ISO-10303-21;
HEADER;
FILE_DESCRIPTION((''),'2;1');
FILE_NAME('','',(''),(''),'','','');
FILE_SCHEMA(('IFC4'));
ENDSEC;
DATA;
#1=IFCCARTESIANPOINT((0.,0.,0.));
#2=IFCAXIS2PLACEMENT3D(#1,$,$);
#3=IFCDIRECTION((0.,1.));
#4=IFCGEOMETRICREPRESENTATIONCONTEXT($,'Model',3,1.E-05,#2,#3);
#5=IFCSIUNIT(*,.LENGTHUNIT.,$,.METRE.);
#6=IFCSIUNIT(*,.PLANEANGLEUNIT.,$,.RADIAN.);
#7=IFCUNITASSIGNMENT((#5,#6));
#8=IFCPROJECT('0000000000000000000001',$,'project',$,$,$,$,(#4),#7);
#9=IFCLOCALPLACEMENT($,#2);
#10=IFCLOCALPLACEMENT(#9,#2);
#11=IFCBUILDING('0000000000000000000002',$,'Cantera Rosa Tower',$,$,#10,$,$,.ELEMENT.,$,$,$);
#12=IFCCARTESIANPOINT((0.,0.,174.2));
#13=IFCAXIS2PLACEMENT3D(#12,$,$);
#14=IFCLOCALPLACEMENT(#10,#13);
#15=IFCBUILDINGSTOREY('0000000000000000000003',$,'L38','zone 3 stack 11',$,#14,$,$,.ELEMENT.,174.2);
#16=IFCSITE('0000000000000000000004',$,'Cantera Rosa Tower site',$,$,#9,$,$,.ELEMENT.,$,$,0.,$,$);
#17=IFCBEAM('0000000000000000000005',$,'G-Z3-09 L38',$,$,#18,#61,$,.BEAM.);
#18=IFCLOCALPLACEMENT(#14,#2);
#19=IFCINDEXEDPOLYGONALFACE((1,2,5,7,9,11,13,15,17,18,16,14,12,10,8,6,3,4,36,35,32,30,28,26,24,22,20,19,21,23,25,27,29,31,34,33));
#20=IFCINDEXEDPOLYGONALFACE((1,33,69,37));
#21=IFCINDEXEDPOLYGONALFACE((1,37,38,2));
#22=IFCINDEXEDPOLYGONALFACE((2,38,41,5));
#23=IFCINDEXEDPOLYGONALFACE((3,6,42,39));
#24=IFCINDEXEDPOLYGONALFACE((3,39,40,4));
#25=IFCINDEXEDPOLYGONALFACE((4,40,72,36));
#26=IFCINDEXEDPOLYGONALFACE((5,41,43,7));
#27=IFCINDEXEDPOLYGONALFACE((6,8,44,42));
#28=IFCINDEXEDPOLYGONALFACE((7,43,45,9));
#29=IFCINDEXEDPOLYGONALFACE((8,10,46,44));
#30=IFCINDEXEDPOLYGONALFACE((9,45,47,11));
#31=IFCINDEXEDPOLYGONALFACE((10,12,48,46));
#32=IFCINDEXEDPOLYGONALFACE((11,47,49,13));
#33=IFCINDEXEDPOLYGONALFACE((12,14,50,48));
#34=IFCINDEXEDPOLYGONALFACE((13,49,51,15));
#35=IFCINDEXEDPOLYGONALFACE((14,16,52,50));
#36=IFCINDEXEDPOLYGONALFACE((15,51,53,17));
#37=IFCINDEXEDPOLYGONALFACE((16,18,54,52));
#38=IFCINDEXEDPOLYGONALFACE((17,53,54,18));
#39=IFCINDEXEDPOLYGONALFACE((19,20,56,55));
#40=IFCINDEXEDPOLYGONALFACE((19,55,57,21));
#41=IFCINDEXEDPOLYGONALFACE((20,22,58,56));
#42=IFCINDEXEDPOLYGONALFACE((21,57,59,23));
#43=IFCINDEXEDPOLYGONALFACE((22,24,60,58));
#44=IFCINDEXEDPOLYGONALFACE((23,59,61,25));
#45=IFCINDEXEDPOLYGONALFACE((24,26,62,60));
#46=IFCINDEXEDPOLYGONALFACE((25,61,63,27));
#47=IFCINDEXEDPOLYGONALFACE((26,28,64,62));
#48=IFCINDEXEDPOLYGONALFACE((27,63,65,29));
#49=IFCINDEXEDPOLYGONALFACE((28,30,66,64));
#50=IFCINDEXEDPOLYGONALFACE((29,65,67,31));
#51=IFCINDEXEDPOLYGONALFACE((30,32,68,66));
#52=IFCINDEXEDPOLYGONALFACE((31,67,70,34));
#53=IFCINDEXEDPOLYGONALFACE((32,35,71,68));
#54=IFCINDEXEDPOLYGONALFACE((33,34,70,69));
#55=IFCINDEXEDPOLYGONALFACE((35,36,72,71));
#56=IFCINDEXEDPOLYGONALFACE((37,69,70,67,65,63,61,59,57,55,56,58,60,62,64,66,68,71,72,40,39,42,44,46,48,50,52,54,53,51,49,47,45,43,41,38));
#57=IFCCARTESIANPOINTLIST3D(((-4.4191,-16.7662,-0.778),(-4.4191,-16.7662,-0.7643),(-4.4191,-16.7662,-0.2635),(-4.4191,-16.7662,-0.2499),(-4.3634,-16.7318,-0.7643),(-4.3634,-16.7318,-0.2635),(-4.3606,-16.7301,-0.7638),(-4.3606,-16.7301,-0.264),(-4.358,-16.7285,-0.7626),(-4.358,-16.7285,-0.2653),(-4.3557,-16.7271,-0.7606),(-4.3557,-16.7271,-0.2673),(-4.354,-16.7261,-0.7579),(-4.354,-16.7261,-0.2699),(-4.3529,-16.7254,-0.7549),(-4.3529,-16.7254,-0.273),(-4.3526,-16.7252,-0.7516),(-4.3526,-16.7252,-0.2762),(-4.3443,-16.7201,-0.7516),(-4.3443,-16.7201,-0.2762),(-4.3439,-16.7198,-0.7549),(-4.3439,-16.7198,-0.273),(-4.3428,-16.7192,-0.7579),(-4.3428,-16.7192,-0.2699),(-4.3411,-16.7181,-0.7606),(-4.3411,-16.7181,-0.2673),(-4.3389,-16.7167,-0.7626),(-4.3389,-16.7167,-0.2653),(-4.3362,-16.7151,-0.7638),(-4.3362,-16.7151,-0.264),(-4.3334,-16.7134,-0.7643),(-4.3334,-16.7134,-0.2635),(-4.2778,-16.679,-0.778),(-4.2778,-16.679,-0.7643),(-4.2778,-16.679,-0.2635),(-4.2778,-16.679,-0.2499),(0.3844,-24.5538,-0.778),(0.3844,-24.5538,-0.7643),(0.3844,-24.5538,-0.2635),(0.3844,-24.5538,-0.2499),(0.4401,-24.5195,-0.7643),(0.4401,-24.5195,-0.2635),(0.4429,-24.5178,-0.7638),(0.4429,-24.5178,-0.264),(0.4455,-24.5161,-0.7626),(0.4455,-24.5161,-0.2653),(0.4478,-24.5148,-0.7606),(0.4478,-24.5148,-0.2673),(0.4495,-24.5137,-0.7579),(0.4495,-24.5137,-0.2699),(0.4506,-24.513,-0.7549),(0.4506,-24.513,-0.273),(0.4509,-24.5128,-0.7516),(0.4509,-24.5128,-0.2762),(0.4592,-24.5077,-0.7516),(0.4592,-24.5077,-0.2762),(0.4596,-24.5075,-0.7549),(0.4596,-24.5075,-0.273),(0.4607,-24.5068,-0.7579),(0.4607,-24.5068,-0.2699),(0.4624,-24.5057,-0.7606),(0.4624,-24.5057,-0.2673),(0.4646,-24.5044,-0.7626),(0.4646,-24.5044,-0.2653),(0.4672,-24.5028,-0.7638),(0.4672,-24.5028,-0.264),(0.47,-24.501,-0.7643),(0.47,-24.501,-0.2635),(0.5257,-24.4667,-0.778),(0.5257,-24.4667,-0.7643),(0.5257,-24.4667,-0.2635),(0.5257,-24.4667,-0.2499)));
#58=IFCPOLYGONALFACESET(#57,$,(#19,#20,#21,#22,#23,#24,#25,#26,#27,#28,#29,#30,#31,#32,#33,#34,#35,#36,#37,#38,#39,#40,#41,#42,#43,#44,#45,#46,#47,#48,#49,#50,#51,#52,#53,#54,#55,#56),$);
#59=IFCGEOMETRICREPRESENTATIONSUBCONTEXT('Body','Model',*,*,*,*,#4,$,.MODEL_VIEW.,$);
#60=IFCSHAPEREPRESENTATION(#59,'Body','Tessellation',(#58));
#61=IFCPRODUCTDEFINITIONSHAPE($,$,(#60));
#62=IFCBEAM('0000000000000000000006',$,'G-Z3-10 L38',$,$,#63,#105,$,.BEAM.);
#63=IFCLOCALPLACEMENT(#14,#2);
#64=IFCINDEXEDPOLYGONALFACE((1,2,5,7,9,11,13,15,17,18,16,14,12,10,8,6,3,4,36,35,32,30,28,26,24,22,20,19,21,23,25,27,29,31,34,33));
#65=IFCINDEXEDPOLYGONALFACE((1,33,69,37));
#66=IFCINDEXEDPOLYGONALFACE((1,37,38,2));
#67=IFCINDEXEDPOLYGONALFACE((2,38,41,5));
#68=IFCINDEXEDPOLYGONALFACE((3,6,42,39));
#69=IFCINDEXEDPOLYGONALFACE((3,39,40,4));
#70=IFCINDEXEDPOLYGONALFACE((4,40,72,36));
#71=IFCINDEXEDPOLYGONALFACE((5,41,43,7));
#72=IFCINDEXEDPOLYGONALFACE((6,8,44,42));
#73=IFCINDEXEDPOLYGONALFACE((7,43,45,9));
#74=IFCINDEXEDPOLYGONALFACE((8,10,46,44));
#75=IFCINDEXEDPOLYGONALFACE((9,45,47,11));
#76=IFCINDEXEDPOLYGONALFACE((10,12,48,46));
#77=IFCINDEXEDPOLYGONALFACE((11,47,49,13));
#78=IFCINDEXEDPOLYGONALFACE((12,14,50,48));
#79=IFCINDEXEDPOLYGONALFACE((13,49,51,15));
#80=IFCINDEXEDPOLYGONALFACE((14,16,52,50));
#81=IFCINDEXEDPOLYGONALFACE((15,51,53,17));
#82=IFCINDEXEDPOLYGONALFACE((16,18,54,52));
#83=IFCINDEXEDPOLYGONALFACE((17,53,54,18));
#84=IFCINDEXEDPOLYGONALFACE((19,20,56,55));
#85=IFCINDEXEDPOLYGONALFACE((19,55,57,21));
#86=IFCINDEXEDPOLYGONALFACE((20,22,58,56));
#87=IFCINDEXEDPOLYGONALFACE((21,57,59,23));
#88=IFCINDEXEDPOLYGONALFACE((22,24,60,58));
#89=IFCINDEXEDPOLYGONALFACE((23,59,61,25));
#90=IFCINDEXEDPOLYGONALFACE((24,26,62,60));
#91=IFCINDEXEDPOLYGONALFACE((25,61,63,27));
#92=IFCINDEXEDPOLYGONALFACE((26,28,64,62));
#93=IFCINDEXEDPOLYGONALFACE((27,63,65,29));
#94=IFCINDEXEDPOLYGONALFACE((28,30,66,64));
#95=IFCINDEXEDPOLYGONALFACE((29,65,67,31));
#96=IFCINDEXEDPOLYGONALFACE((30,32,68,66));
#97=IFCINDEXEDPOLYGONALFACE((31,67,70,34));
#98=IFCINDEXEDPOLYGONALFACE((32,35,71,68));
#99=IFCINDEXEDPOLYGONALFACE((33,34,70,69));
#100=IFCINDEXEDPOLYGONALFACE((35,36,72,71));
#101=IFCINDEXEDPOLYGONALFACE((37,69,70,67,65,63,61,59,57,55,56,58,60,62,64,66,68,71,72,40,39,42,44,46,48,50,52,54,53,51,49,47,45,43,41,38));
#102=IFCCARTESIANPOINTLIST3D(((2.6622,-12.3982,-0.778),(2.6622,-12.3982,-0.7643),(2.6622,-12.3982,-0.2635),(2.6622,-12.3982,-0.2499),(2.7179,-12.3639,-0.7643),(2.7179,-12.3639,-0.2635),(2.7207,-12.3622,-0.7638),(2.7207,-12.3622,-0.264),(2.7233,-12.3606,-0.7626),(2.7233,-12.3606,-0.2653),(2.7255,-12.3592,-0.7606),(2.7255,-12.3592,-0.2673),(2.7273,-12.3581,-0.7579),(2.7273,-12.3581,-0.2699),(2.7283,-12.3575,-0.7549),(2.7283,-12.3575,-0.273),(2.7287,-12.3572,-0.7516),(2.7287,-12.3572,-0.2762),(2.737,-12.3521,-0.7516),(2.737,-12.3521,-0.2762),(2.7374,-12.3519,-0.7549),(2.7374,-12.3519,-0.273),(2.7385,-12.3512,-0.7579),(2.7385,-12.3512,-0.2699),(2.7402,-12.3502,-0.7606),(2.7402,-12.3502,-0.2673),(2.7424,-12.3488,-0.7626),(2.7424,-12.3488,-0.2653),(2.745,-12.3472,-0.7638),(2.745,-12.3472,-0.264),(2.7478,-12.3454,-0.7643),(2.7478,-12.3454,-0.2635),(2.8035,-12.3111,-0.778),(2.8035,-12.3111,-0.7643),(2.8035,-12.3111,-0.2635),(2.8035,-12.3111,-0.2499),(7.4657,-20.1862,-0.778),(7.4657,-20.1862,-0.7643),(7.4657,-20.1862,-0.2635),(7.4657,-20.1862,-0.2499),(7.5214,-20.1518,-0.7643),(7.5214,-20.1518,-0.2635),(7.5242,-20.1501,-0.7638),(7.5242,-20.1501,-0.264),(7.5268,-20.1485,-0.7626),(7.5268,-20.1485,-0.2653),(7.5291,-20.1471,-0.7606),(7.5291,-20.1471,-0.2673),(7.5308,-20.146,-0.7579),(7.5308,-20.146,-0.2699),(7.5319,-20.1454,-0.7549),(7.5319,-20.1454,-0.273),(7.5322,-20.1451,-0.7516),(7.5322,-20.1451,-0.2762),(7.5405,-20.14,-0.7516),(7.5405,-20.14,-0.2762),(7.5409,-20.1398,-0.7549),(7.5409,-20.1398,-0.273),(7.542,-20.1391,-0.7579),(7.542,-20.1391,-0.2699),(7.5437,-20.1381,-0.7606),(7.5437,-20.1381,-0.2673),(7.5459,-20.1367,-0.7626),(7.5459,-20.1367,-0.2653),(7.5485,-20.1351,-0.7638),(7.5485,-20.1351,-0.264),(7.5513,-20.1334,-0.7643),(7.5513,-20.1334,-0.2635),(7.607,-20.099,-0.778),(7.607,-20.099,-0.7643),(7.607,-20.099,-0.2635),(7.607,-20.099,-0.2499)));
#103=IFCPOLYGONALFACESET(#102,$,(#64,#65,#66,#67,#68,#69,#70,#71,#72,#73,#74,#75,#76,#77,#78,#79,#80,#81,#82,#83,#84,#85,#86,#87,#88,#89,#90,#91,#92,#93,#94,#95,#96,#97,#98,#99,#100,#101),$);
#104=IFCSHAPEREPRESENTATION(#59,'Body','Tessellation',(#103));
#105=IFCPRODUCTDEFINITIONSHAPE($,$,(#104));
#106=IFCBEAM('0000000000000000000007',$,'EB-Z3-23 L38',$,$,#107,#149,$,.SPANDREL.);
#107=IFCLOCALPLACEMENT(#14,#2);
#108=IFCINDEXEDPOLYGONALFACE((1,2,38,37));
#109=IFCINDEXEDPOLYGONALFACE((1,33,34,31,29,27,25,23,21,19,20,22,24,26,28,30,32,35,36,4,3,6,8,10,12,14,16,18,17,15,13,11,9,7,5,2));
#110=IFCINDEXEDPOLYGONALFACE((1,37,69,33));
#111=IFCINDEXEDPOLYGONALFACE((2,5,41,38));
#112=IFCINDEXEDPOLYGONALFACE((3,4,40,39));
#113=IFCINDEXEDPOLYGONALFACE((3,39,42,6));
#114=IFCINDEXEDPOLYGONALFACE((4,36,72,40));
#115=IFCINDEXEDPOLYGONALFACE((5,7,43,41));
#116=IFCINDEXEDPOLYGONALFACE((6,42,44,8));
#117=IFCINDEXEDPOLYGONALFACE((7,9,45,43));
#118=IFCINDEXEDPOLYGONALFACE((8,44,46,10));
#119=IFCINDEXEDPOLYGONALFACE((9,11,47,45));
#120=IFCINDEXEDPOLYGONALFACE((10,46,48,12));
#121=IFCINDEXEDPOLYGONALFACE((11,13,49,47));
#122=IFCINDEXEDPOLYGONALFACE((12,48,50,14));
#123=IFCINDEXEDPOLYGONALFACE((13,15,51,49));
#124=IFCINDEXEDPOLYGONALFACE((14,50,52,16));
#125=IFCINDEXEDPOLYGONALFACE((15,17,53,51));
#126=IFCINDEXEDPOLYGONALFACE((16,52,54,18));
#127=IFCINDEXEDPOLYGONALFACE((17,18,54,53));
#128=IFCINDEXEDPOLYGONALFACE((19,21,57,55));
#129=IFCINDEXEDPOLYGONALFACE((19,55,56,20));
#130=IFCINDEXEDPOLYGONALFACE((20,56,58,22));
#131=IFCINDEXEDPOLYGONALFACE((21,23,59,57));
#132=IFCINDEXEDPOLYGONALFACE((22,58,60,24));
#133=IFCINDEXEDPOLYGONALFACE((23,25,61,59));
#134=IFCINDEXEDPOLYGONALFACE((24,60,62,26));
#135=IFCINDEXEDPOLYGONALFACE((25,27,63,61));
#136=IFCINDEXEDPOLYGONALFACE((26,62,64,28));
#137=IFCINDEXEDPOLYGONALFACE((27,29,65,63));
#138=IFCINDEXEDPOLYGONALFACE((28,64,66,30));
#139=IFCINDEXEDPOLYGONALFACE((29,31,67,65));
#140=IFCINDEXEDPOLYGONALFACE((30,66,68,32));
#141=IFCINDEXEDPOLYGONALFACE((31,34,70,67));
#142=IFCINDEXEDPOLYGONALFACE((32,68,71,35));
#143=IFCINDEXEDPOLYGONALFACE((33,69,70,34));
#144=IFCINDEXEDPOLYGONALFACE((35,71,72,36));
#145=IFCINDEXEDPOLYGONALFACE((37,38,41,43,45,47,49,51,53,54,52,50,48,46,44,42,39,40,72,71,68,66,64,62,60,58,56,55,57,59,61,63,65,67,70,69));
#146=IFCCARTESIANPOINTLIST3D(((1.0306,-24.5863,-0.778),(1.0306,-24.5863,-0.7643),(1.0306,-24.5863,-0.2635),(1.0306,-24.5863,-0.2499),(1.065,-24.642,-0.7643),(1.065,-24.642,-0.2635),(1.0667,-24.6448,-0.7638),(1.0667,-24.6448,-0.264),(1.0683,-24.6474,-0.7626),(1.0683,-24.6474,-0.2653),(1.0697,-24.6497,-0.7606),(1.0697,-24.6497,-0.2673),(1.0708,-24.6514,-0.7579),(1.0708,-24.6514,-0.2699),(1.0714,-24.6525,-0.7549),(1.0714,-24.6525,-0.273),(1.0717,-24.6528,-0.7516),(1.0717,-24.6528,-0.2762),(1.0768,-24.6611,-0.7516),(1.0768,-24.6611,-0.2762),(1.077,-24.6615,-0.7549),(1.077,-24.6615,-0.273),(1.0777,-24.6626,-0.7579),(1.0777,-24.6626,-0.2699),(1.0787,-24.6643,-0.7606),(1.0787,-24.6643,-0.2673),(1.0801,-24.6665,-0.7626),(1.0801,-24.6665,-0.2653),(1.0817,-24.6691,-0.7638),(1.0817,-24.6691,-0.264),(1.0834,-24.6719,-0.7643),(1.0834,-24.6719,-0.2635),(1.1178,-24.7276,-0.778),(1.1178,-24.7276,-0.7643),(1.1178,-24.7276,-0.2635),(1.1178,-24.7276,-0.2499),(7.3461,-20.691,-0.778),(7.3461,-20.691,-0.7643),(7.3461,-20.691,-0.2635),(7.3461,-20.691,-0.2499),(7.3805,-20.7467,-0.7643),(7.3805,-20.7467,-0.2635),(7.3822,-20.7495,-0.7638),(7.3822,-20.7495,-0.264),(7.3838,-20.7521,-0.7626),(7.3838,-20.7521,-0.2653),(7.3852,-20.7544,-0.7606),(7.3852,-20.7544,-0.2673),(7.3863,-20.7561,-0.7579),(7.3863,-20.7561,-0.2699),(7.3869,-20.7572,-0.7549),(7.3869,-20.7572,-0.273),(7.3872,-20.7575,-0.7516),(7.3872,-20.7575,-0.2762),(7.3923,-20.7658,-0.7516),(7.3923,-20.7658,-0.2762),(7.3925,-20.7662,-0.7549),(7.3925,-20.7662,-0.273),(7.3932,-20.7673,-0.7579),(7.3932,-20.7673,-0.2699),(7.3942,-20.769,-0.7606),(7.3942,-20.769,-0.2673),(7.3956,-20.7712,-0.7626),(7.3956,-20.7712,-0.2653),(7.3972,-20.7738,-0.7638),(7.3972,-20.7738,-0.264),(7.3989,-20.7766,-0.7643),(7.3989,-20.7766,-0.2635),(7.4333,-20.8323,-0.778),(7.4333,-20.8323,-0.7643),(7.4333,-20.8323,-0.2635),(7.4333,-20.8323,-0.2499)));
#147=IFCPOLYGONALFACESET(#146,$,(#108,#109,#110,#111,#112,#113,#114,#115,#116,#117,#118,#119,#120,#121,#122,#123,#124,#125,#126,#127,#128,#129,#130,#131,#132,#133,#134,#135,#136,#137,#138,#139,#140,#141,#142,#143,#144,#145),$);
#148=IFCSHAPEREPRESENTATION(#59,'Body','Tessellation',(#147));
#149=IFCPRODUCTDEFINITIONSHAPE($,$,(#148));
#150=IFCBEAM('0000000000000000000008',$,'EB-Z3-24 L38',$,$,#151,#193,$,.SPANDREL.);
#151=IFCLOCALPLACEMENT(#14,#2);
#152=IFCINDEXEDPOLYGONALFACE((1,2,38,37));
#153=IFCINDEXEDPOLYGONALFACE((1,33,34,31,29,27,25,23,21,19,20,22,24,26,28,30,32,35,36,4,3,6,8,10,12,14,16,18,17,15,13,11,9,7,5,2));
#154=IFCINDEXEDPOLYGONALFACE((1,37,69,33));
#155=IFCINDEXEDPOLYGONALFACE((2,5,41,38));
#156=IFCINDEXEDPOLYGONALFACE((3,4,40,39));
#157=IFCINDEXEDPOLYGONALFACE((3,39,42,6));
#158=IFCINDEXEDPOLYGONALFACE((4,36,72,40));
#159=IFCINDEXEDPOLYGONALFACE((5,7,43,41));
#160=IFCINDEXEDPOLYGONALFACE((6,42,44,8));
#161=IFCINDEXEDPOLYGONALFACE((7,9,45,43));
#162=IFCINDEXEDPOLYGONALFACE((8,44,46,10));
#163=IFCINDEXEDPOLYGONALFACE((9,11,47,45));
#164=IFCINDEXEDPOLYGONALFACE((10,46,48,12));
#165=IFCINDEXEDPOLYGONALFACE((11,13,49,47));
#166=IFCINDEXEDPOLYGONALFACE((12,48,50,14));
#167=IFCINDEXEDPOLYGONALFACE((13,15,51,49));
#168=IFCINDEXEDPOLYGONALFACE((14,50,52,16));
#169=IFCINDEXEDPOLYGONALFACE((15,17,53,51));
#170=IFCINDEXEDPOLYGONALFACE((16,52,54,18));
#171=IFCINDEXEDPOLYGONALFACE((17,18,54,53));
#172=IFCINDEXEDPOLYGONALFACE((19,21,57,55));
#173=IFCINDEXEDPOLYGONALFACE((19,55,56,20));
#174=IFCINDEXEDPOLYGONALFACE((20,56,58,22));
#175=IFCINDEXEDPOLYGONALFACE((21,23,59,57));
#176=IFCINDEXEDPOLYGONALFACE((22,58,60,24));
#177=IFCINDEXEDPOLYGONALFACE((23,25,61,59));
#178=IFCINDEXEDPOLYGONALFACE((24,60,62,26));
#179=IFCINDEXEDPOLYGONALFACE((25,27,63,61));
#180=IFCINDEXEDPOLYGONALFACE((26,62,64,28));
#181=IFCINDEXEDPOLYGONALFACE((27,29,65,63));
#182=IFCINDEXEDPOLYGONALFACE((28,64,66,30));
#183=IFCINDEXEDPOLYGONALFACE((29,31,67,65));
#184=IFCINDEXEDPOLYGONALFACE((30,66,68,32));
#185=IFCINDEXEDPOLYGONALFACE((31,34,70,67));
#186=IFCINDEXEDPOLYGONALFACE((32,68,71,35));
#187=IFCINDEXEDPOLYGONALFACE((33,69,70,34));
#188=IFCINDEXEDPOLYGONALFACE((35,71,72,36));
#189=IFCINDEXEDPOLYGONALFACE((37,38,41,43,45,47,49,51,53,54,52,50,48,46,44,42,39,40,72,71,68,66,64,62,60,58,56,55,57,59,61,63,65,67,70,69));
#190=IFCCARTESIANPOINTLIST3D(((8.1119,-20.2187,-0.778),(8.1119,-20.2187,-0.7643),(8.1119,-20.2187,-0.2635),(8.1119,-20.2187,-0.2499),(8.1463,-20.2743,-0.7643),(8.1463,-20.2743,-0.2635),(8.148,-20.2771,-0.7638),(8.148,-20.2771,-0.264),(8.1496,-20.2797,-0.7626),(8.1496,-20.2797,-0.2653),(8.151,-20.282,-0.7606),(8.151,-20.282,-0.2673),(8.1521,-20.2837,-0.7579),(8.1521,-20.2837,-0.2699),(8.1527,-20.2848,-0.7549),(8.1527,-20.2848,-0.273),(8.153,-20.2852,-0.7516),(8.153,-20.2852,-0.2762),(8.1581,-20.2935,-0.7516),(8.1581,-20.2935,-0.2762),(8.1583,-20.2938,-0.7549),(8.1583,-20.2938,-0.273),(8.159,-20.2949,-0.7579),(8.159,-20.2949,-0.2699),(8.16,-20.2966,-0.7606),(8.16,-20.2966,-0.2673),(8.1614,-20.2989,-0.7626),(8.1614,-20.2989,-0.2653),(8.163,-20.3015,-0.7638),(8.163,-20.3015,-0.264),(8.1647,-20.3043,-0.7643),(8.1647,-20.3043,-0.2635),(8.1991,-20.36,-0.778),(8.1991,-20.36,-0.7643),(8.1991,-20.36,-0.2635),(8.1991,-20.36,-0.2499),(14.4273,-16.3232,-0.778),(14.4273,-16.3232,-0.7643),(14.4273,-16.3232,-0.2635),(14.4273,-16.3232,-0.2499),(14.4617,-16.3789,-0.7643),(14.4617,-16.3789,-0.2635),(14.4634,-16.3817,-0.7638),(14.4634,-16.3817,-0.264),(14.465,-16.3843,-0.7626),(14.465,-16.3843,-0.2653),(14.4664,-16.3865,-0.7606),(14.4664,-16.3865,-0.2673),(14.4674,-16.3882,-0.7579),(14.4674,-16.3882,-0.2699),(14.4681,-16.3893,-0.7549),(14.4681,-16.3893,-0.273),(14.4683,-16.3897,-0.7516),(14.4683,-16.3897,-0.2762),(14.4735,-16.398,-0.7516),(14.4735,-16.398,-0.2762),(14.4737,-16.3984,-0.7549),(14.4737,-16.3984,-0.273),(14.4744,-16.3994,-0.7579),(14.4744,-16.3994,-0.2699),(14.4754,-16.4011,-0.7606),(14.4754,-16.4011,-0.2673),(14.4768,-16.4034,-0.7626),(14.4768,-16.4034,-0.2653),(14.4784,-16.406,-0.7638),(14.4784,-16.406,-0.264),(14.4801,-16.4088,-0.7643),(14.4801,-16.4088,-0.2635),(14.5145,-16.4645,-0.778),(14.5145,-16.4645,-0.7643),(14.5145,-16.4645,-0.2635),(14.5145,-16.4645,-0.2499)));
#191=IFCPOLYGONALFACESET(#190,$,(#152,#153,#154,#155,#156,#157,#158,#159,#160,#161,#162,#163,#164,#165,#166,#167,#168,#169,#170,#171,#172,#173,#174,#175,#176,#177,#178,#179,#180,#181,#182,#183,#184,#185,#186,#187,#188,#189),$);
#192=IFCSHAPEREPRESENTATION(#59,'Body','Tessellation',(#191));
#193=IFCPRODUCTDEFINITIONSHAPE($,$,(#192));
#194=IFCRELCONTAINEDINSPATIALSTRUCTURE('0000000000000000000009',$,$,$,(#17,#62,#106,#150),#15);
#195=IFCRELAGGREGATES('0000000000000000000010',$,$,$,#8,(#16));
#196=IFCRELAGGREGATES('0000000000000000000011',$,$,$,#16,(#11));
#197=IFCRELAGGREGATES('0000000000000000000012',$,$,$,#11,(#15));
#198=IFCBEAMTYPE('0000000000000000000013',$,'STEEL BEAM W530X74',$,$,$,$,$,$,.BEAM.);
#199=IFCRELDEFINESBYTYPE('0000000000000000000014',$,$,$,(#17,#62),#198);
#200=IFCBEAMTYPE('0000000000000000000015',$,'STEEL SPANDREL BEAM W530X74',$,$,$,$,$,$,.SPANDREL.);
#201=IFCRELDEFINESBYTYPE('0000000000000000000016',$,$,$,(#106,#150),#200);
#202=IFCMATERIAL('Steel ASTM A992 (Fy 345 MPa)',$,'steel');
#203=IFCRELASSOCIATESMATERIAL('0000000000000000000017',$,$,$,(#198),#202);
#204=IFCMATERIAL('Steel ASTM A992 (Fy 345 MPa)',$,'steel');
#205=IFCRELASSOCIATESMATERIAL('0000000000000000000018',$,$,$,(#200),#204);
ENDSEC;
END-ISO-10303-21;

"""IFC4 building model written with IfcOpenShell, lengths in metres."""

from ifc_helpers import new_model, si_unit, direction, frame, origin, origin_2d, place, context, subcontext, project, spatial, i_section, extrude, material, material_profile, profile_set, type_object, element, save


model = new_model("IFC4")

# Units and contexts
model_context = context("Model", 3, precision=1e-05, world=origin(), true_north=direction((0.0, 1.0)))
body_context = subcontext(model_context, "Body", "Model", "MODEL_VIEW")
ifc_project = project(units=[si_unit("LENGTHUNIT", "METRE"), si_unit("PLANEANGLEUNIT", "RADIAN")], contexts=[model_context])

# Site, building, storey
site_placement = place(None, origin())
site = spatial("IfcSite", under=ifc_project, at=site_placement, Name="Cantera Rosa Tower site", CompositionType="ELEMENT", RefElevation=0.0)
building_placement = place(site_placement, origin())
building = spatial("IfcBuilding", under=site, at=building_placement, Name="Cantera Rosa Tower", CompositionType="ELEMENT")
storey_placement = place(building_placement, frame((0.0, 0.0, 174.2)))
storey = spatial("IfcBuildingStorey", under=building, at=storey_placement, Name="L38", Description="zone 3 stack 11", CompositionType="ELEMENT", Elevation=174.2)

# Beams
ifc_material_1 = material(Name="Steel ASTM A992 (Fy 345 MPa)", Category="steel")
ifc_material_profile_1 = material_profile(ifc_material_1, i_section(OverallWidth=0.166, OverallDepth=0.5281, WebThickness=0.0098, FlangeThickness=0.0137, FilletRadius=0.0127, at=origin_2d()), Name="W530X74")
ifc_profile_set_1 = profile_set([ifc_material_profile_1], Name="Steel ASTM A992 (Fy 345 MPa)")
beam_type_1 = type_object("IfcBeamType", Name="STEEL BEAM W530X74", PredefinedType="BEAM", material=ifc_profile_set_1)
beam_1_placement = place(storey_placement, frame((0.4551, -24.5103, -0.5139), z_axis=(-0.524977, 0.851116, 0.0), x_axis=(-0.851116, -0.524977, 0.0)))
element("IfcBeam", 1, at=beam_1_placement, inside=storey, type_object=beam_type_1, Name="G-Z3-09 L38", PredefinedType="BEAM", context=body_context, shape_type="SweptSolid", body=[
    extrude(i_section(OverallWidth=0.166, OverallDepth=0.5281, WebThickness=0.0098, FlangeThickness=0.0137, FilletRadius=0.0127, at=origin_2d()), origin(), (0.0, 0.0, 1.0), 9.1499),
])
beam_2_placement = place(storey_placement, frame((7.5364, -20.1426, -0.5139), z_axis=(-0.524965, 0.851124, 0.0), x_axis=(-0.851124, -0.524965, 0.0)))
element("IfcBeam", 2, at=beam_2_placement, inside=storey, type_object=beam_type_1, Name="G-Z3-10 L38", PredefinedType="BEAM", context=body_context, shape_type="SweptSolid", body=[
    extrude(i_section(OverallWidth=0.166, OverallDepth=0.5281, WebThickness=0.0098, FlangeThickness=0.0137, FilletRadius=0.0127, at=origin_2d()), origin(), (0.0, 0.0, 1.0), 9.1501),
])
ifc_material_2 = material(Name="Steel ASTM A992 (Fy 345 MPa)", Category="steel")
ifc_material_profile_2 = material_profile(ifc_material_2, i_section(OverallWidth=0.166, OverallDepth=0.5281, WebThickness=0.0098, FlangeThickness=0.0137, FilletRadius=0.0127, at=origin_2d()), Name="W530X74")
ifc_profile_set_2 = profile_set([ifc_material_profile_2], Name="Steel ASTM A992 (Fy 345 MPa)")
beam_type_2 = type_object("IfcBeamType", Name="STEEL SPANDREL BEAM W530X74", PredefinedType="SPANDREL", material=ifc_profile_set_2)
for number, where, z_axis, x_axis, name in (
    (3, (1.0742, -24.657, -0.5139), (0.851126, 0.524962, 0.0), (-0.524962, 0.851126, 0.0), "EB-Z3-23 L38"),
    (4, (8.1555, -20.2893, -0.5139), (0.851111, 0.524986, 0.0), (-0.524986, 0.851111, 0.0), "EB-Z3-24 L38"),
):
    element("IfcBeam", number, at=place(storey_placement, frame(where, z_axis=z_axis, x_axis=x_axis)), inside=storey, type_object=beam_type_2, Name=name, PredefinedType="SPANDREL", context=body_context, shape_type="SweptSolid", body=[
        extrude(i_section(OverallWidth=0.166, OverallDepth=0.5281, WebThickness=0.0098, FlangeThickness=0.0137, FilletRadius=0.0127, at=origin_2d()), origin(), (0.0, 0.0, 1.0), 7.4202),
    ])

save(model, "model.ifc")
